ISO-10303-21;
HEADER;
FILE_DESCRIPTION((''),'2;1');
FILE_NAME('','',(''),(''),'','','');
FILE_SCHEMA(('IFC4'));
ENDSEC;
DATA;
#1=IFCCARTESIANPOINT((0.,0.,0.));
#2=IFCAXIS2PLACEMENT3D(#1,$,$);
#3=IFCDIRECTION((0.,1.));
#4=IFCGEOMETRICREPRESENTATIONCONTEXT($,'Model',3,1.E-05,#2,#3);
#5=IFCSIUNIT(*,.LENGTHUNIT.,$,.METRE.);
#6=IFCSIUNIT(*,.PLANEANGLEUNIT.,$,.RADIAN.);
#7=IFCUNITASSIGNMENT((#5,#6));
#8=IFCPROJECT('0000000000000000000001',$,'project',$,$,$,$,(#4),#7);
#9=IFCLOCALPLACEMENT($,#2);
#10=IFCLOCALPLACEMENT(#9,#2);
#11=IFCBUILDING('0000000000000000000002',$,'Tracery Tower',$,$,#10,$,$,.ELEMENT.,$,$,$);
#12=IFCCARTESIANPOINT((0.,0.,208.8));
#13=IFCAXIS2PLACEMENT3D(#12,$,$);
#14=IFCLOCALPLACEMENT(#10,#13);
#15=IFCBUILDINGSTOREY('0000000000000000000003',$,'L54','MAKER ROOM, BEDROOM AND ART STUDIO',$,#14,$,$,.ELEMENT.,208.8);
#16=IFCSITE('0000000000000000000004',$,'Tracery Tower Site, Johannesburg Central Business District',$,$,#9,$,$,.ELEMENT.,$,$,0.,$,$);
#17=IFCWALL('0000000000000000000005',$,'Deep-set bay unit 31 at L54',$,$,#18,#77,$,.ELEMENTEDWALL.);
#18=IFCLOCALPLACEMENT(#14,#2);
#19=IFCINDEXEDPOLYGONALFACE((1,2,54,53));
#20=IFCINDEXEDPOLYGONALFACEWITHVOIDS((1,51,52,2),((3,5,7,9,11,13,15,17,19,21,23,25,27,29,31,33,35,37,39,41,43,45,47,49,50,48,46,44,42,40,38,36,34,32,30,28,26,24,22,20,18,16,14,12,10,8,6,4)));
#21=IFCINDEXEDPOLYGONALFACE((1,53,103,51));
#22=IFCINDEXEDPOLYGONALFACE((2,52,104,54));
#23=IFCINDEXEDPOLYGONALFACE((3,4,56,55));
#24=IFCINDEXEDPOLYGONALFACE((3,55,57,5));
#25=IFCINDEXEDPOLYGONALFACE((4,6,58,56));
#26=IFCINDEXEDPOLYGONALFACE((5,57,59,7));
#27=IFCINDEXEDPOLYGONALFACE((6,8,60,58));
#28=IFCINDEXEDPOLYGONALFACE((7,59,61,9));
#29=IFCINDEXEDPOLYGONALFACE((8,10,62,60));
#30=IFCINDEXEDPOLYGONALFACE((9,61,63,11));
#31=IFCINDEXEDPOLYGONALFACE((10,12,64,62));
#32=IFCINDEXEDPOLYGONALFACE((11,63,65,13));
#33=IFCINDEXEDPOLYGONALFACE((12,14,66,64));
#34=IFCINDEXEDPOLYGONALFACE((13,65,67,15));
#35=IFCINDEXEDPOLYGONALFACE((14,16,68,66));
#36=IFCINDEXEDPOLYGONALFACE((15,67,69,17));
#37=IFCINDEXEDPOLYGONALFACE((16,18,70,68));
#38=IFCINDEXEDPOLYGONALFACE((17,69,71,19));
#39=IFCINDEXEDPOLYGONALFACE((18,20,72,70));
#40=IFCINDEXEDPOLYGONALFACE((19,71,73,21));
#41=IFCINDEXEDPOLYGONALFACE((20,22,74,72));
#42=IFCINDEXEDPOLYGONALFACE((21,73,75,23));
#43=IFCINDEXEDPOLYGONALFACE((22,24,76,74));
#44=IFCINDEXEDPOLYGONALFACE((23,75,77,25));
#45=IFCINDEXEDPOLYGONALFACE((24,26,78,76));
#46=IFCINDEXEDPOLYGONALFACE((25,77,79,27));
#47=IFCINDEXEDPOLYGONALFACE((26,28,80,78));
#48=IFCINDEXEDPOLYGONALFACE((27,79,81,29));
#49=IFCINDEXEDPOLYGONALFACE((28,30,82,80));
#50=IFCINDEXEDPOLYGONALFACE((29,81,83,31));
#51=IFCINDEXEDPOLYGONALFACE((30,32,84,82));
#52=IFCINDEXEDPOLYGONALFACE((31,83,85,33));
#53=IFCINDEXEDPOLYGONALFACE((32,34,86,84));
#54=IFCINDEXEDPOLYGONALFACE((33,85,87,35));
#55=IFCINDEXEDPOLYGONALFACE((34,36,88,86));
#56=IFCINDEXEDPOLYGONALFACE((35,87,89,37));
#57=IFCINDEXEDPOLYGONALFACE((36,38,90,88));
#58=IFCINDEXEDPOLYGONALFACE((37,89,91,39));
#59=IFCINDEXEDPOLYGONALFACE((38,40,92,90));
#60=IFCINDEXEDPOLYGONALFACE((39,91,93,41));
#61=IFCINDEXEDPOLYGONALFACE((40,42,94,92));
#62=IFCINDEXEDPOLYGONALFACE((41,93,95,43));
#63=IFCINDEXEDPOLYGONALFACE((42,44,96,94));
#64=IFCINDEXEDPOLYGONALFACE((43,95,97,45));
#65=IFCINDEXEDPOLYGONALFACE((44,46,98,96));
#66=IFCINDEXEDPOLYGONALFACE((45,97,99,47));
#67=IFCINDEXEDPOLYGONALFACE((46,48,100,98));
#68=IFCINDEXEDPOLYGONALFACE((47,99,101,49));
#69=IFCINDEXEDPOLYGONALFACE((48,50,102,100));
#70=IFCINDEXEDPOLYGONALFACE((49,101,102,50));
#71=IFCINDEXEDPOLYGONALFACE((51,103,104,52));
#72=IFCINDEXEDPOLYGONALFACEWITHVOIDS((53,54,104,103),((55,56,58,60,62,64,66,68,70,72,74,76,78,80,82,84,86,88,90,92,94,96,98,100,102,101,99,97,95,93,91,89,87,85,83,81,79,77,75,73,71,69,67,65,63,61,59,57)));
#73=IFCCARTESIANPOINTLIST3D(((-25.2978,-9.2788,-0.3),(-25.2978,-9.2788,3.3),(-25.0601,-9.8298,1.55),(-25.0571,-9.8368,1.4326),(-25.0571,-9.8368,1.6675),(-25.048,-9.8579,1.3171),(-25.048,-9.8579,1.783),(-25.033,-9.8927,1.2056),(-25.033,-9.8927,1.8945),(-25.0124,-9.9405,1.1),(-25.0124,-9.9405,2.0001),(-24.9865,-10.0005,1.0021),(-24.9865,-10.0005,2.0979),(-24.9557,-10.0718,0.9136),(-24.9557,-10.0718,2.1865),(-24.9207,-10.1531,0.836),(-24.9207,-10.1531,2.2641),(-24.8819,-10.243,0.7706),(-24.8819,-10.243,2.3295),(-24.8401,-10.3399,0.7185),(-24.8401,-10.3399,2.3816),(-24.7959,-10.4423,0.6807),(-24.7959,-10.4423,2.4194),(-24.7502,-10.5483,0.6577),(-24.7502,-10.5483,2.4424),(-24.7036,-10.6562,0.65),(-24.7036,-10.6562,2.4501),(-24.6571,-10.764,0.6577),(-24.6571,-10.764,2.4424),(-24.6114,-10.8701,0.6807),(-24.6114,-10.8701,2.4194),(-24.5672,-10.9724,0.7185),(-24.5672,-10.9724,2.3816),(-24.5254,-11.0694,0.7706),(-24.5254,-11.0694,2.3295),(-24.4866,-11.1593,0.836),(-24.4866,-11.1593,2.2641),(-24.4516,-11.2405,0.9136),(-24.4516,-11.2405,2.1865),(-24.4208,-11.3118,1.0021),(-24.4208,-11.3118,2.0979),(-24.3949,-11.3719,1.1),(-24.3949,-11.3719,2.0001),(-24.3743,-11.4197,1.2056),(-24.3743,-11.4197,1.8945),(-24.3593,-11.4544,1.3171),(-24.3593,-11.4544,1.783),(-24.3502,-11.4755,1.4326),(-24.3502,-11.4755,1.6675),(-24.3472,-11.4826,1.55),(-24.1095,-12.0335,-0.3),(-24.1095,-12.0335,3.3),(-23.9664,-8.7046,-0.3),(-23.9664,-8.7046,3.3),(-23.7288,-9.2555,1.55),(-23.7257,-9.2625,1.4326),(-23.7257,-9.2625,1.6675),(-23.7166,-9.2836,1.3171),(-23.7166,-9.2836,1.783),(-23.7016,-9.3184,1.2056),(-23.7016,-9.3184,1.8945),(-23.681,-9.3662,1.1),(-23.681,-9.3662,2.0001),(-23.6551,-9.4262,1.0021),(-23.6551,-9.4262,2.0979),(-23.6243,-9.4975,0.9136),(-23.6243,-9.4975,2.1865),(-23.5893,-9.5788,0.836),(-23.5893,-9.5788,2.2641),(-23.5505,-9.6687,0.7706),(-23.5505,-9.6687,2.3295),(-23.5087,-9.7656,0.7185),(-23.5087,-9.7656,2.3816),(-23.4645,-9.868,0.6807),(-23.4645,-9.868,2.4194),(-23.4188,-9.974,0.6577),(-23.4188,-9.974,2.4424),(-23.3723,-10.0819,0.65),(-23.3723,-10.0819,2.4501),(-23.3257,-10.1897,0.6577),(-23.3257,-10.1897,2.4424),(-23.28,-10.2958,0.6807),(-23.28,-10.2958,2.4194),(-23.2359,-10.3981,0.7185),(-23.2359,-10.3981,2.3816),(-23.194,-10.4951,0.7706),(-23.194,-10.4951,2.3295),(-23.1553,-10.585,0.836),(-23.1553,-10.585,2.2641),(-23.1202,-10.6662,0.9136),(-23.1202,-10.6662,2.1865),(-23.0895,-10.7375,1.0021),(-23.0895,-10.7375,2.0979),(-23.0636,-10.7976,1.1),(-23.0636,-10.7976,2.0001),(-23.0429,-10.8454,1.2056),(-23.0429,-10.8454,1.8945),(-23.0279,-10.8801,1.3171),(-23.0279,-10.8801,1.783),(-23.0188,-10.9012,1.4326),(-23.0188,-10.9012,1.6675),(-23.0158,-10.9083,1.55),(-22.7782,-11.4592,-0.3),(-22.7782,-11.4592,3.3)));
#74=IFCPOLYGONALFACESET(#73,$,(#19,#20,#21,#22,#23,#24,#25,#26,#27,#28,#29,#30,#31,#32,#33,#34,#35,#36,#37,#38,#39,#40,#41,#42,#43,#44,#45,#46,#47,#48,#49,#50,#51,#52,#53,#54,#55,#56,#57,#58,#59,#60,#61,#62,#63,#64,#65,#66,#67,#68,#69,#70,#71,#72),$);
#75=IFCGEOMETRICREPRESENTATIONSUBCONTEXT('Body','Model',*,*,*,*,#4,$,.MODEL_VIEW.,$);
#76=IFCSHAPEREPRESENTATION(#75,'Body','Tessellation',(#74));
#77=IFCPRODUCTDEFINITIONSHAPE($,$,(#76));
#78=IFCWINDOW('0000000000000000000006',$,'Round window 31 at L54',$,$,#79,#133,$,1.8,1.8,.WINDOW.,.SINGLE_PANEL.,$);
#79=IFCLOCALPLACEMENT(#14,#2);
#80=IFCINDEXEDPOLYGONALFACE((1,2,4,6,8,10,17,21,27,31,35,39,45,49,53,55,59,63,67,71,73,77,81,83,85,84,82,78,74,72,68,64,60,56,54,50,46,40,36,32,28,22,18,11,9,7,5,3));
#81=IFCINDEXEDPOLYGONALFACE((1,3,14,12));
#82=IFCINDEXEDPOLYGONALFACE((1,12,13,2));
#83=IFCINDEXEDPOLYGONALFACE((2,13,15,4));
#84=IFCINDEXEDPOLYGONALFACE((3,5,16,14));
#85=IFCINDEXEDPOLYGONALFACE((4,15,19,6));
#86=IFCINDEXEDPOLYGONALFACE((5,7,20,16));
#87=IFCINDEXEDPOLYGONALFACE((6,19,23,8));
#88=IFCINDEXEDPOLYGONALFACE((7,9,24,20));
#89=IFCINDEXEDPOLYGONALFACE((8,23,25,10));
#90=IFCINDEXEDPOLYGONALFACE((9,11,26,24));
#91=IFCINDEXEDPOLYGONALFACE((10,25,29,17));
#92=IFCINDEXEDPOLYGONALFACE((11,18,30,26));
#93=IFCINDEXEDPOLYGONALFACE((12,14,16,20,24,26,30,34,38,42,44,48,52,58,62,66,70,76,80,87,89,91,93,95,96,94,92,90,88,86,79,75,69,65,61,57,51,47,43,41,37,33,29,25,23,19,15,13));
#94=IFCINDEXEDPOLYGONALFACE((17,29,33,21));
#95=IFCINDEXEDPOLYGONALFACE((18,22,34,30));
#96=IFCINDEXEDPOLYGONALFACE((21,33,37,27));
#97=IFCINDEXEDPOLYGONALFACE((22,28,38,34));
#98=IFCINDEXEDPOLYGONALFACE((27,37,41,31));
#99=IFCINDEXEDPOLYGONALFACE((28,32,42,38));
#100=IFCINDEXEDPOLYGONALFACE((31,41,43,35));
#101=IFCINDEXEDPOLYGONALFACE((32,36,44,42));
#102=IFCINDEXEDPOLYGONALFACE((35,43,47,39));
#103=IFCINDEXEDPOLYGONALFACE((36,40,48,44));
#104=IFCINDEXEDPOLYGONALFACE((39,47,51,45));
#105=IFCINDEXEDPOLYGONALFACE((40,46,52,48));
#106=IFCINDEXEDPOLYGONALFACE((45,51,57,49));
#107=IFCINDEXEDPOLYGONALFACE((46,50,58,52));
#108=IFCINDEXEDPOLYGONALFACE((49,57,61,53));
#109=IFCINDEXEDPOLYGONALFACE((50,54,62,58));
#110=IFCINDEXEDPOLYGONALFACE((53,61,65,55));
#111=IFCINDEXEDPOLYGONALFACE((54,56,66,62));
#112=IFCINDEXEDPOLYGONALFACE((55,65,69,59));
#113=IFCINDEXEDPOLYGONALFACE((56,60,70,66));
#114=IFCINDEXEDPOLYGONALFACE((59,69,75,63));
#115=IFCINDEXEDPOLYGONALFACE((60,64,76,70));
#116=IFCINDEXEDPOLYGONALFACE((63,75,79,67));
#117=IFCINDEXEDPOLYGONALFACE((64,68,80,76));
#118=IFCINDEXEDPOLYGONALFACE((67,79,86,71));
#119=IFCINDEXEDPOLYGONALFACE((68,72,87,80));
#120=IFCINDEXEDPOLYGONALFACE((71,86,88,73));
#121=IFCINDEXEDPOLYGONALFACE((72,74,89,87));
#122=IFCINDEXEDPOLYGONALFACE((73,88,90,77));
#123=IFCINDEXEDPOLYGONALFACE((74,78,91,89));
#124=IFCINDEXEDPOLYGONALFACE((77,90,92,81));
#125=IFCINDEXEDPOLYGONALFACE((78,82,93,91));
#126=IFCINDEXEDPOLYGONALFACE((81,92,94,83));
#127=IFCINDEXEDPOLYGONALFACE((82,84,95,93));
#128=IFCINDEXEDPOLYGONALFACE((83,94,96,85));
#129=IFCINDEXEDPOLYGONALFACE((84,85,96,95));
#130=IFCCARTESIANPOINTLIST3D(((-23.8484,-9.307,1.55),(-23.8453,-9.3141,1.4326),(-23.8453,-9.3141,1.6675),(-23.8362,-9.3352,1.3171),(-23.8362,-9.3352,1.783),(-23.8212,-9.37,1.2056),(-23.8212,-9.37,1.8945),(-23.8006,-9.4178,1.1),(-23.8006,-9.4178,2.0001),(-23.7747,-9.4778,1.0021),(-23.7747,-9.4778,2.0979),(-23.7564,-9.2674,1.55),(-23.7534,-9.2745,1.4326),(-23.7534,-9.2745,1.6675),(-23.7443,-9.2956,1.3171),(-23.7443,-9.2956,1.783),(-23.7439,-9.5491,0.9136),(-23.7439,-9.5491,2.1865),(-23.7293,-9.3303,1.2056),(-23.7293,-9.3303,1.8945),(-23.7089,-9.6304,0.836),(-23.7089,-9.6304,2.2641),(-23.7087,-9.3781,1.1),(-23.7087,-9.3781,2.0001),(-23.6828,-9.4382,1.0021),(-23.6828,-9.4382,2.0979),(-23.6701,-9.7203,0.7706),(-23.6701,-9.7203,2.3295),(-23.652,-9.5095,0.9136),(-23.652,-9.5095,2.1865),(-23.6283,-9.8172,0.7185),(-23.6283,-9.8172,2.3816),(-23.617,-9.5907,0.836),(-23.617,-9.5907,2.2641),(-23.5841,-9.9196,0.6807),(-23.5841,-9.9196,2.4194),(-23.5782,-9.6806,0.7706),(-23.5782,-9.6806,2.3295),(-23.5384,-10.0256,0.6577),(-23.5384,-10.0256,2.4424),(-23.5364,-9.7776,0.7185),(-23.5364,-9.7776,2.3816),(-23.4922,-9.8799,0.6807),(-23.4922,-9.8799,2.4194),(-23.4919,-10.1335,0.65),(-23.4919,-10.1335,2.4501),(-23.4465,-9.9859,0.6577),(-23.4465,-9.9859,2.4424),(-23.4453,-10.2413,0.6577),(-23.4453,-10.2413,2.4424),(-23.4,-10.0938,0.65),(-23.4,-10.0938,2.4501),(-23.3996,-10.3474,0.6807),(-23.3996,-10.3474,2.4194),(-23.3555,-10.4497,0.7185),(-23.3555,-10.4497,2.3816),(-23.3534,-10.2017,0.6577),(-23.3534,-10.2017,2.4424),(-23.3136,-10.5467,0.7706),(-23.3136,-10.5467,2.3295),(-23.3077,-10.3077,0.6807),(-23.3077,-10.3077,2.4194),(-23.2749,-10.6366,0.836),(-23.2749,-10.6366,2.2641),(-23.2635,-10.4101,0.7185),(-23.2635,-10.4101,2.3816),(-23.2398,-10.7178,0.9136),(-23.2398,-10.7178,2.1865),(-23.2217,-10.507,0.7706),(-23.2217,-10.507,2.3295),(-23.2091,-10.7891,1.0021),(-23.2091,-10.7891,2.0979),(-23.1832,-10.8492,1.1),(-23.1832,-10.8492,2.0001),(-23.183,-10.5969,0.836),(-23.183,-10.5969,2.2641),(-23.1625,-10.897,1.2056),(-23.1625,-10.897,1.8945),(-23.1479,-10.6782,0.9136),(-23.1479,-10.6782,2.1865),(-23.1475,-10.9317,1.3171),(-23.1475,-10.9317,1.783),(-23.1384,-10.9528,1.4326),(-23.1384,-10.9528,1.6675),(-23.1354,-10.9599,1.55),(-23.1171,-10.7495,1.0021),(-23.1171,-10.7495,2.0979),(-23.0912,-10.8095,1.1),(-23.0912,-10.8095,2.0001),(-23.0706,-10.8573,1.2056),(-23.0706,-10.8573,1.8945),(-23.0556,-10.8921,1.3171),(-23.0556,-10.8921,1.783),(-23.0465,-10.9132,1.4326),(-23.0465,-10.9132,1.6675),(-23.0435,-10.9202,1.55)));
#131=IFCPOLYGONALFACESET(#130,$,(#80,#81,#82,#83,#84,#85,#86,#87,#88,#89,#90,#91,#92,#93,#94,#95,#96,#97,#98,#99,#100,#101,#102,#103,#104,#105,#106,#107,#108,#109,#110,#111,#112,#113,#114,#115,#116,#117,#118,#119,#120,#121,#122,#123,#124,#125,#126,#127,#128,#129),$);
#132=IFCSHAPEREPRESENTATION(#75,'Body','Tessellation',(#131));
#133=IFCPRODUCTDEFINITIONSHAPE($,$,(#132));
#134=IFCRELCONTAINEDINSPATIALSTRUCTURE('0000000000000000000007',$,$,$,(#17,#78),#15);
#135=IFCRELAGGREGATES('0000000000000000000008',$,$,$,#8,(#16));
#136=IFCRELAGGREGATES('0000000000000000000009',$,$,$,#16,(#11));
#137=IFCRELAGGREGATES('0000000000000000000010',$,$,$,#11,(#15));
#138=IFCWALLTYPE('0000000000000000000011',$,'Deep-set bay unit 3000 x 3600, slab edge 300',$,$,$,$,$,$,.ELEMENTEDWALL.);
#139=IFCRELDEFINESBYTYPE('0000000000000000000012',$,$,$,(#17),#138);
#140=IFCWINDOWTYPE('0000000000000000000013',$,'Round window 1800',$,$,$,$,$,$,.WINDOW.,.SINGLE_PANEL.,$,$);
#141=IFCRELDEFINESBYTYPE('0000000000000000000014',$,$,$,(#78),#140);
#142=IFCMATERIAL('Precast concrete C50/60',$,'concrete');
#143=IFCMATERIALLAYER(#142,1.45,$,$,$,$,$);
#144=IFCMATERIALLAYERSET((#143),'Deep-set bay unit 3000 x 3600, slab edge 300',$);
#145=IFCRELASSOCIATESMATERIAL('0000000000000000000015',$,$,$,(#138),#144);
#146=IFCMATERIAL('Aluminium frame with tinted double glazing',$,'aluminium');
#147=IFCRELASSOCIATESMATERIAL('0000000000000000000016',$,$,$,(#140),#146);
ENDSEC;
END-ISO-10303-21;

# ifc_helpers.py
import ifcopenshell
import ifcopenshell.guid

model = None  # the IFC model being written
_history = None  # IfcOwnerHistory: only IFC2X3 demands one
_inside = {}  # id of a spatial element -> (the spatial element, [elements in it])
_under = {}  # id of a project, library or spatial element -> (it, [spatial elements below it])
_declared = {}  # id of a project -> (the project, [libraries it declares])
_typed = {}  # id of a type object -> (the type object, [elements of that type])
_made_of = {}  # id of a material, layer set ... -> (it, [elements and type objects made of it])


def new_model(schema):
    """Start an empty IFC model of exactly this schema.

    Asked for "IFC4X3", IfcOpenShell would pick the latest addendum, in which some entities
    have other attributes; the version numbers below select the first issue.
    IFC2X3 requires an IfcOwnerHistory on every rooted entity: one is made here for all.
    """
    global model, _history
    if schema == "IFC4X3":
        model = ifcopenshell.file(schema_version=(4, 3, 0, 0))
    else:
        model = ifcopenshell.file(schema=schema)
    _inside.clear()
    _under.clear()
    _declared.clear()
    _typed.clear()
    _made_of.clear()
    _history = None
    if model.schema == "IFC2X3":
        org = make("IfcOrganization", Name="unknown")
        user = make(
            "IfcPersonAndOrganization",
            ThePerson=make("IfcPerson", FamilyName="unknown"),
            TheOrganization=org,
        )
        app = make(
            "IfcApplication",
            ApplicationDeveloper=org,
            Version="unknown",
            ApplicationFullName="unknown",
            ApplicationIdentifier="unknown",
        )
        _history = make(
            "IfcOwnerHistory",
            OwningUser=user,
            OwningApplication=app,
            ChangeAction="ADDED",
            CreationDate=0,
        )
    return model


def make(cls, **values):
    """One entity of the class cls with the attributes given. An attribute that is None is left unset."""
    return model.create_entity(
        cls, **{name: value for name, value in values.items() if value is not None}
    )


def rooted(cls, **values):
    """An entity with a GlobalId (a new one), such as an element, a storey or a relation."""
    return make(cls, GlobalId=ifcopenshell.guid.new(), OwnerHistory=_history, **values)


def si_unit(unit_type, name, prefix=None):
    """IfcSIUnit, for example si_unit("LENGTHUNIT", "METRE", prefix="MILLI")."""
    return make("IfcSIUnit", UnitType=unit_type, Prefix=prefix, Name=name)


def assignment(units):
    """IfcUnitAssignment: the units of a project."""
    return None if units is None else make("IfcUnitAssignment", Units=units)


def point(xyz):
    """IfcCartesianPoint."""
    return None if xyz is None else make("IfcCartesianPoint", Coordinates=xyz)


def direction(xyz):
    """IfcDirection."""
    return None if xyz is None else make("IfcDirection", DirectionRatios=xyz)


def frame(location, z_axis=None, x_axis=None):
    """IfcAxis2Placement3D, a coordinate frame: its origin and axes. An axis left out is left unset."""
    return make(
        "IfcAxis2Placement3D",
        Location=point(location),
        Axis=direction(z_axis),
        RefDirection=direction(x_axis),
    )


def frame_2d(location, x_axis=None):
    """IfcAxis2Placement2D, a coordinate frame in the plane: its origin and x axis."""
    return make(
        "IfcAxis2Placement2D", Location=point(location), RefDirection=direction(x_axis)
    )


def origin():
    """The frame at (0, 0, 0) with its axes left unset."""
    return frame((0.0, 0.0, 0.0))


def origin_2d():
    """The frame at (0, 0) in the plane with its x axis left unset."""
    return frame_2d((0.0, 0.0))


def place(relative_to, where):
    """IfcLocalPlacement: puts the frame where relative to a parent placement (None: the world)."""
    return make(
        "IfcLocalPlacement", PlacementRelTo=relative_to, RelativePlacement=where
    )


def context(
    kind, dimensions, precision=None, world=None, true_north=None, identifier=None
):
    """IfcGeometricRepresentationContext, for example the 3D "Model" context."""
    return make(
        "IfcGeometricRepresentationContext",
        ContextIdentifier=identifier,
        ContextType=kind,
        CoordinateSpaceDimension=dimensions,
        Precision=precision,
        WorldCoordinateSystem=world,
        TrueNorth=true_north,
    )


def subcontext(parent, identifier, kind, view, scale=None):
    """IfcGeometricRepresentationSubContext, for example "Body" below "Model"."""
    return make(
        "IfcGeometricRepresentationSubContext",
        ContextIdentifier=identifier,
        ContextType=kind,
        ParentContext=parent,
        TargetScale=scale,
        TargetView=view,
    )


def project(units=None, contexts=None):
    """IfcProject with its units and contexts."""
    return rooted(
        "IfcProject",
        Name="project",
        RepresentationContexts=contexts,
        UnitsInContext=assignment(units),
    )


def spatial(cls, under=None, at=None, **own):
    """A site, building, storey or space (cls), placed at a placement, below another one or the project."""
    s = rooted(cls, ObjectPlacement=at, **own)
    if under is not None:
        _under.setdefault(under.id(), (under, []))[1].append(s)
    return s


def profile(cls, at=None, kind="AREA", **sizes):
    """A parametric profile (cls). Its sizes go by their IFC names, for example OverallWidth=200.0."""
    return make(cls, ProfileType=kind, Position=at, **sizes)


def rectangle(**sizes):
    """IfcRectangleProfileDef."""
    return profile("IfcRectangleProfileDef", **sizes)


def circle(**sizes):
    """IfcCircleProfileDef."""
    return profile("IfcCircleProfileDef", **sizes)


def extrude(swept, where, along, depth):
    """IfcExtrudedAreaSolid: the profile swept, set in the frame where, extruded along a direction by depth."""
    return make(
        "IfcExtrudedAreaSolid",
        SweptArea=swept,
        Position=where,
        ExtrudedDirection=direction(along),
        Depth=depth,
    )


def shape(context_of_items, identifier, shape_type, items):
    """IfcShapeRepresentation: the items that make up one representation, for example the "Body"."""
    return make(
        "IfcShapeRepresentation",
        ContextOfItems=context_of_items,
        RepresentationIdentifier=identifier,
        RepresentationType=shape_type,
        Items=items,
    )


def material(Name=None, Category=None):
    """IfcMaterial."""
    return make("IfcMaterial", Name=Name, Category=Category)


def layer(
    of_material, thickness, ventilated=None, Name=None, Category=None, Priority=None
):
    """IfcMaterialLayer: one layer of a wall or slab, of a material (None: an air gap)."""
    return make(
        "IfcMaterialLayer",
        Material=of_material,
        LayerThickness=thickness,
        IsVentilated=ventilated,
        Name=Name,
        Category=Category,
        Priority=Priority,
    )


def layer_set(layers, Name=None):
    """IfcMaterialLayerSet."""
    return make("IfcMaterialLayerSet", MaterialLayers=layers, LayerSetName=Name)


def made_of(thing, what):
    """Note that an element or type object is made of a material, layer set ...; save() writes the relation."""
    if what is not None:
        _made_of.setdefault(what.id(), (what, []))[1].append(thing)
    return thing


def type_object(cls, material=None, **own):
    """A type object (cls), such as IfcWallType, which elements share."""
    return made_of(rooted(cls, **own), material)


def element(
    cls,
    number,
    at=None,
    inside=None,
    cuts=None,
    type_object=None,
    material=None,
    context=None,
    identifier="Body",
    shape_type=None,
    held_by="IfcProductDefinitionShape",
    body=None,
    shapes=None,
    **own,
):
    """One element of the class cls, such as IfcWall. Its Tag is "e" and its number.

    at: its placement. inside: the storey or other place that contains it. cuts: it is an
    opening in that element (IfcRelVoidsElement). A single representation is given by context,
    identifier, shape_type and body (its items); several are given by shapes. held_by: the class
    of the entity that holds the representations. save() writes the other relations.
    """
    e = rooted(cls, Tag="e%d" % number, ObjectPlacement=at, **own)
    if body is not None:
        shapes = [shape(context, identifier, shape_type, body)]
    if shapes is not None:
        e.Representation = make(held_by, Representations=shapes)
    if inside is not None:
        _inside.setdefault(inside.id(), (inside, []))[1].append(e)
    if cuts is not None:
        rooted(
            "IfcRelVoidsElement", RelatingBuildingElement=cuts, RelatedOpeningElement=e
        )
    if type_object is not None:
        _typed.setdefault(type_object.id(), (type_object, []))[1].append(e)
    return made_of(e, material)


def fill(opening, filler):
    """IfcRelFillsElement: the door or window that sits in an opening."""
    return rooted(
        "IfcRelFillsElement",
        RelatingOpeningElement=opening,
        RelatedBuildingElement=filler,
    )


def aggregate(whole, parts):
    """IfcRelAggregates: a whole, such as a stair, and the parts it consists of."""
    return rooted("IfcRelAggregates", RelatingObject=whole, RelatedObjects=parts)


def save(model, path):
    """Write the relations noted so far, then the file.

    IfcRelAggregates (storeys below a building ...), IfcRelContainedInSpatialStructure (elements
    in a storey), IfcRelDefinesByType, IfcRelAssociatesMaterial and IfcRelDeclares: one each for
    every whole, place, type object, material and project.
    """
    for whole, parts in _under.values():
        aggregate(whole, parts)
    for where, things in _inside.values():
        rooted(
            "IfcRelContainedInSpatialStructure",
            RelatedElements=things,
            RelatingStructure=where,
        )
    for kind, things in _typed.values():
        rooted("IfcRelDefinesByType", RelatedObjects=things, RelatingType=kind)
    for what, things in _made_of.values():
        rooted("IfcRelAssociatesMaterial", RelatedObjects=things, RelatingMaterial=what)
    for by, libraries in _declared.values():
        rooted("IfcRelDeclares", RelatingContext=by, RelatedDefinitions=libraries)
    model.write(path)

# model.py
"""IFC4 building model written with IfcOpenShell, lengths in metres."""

from ifc_helpers import new_model, si_unit, direction, frame, frame_2d, origin, origin_2d, place, context, subcontext, project, spatial, rectangle, circle, extrude, material, layer, layer_set, type_object, element, fill, save


model = new_model("IFC4")

# Units and contexts
model_context = context("Model", 3, precision=1e-05, world=origin(), true_north=direction((0.0, 1.0)))
body_context = subcontext(model_context, "Body", "Model", "MODEL_VIEW")
ifc_project = project(units=[si_unit("LENGTHUNIT", "METRE"), si_unit("PLANEANGLEUNIT", "RADIAN")], contexts=[model_context])

# Site, building, storey
site_placement = place(None, origin())
site = spatial("IfcSite", under=ifc_project, at=site_placement, Name="Tracery Tower Site, Johannesburg Central Business District", CompositionType="ELEMENT", RefElevation=0.0)
building_placement = place(site_placement, origin())
building = spatial("IfcBuilding", under=site, at=building_placement, Name="Tracery Tower", CompositionType="ELEMENT")
storey_placement = place(building_placement, frame((0.0, 0.0, 208.8)))
storey = spatial("IfcBuildingStorey", under=building, at=storey_placement, Name="L54", Description="MAKER ROOM, BEDROOM AND ART STUDIO", CompositionType="ELEMENT", Elevation=208.8)

# Wall, opening, window
ifc_material_1 = material(Name="Precast concrete C50/60", Category="concrete")
ifc_layer_1 = layer(ifc_material_1, 1.45)
ifc_layer_set_1 = layer_set([ifc_layer_1], Name="Deep-set bay unit 3000 x 3600, slab edge 300")
wall_type_1 = type_object("IfcWallType", Name="Deep-set bay unit 3000 x 3600, slab edge 300", PredefinedType="ELEMENTEDWALL", material=ifc_layer_set_1)
wall_1_placement = place(storey_placement, frame((-24.6321, -8.9917, -0.3), z_axis=(0.0, 0.0, 1.0), x_axis=(0.396079, -0.918216, 0.0)))
wall_1 = element("IfcWall", 1, at=wall_1_placement, inside=storey, type_object=wall_type_1, Name="Deep-set bay unit 31 at L54", PredefinedType="ELEMENTEDWALL", context=body_context, shape_type="SweptSolid", body=[
    extrude(rectangle(XDim=3.0, YDim=1.45, at=frame_2d((1.5, 0.0))), origin(), (0.0, 0.0, 1.0), 3.6001),
])
opening_1_placement = place(wall_1_placement, frame((1.5, 0.0, 1.8501)))
opening_1 = element("IfcOpeningElement", 2, at=opening_1_placement, cuts=wall_1, PredefinedType="OPENING", context=body_context, shape_type="SweptSolid", body=[
    extrude(circle(Radius=0.9, at=origin_2d()), frame((0.0, 0.7349, 0.0), z_axis=(0.0, -1.0, 0.0), x_axis=(1.0, 0.0, 0.0)), (0.0, 0.0, 1.0), 1.47),
])
ifc_material_2 = material(Name="Aluminium frame with tinted double glazing", Category="aluminium")
window_type = type_object("IfcWindowType", Name="Round window 1800", PartitioningType="SINGLE_PANEL", PredefinedType="WINDOW", material=ifc_material_2)
window_1_placement = place(opening_1_placement, origin())
window_1 = element("IfcWindow", 3, at=window_1_placement, inside=storey, type_object=window_type, Name="Round window 31 at L54", OverallHeight=1.8, OverallWidth=1.8, PartitioningType="SINGLE_PANEL", PredefinedType="WINDOW", context=body_context, shape_type="SweptSolid", body=[
    extrude(circle(Radius=0.9, at=origin_2d()), frame((0.0, 0.6948, 0.0), z_axis=(0.0, -1.0, 0.0), x_axis=(1.0, 0.0, 0.0)), (0.0, 0.0, 1.0), 0.1001),
])
fill(opening_1, window_1)

save(model, "model.ifc")
